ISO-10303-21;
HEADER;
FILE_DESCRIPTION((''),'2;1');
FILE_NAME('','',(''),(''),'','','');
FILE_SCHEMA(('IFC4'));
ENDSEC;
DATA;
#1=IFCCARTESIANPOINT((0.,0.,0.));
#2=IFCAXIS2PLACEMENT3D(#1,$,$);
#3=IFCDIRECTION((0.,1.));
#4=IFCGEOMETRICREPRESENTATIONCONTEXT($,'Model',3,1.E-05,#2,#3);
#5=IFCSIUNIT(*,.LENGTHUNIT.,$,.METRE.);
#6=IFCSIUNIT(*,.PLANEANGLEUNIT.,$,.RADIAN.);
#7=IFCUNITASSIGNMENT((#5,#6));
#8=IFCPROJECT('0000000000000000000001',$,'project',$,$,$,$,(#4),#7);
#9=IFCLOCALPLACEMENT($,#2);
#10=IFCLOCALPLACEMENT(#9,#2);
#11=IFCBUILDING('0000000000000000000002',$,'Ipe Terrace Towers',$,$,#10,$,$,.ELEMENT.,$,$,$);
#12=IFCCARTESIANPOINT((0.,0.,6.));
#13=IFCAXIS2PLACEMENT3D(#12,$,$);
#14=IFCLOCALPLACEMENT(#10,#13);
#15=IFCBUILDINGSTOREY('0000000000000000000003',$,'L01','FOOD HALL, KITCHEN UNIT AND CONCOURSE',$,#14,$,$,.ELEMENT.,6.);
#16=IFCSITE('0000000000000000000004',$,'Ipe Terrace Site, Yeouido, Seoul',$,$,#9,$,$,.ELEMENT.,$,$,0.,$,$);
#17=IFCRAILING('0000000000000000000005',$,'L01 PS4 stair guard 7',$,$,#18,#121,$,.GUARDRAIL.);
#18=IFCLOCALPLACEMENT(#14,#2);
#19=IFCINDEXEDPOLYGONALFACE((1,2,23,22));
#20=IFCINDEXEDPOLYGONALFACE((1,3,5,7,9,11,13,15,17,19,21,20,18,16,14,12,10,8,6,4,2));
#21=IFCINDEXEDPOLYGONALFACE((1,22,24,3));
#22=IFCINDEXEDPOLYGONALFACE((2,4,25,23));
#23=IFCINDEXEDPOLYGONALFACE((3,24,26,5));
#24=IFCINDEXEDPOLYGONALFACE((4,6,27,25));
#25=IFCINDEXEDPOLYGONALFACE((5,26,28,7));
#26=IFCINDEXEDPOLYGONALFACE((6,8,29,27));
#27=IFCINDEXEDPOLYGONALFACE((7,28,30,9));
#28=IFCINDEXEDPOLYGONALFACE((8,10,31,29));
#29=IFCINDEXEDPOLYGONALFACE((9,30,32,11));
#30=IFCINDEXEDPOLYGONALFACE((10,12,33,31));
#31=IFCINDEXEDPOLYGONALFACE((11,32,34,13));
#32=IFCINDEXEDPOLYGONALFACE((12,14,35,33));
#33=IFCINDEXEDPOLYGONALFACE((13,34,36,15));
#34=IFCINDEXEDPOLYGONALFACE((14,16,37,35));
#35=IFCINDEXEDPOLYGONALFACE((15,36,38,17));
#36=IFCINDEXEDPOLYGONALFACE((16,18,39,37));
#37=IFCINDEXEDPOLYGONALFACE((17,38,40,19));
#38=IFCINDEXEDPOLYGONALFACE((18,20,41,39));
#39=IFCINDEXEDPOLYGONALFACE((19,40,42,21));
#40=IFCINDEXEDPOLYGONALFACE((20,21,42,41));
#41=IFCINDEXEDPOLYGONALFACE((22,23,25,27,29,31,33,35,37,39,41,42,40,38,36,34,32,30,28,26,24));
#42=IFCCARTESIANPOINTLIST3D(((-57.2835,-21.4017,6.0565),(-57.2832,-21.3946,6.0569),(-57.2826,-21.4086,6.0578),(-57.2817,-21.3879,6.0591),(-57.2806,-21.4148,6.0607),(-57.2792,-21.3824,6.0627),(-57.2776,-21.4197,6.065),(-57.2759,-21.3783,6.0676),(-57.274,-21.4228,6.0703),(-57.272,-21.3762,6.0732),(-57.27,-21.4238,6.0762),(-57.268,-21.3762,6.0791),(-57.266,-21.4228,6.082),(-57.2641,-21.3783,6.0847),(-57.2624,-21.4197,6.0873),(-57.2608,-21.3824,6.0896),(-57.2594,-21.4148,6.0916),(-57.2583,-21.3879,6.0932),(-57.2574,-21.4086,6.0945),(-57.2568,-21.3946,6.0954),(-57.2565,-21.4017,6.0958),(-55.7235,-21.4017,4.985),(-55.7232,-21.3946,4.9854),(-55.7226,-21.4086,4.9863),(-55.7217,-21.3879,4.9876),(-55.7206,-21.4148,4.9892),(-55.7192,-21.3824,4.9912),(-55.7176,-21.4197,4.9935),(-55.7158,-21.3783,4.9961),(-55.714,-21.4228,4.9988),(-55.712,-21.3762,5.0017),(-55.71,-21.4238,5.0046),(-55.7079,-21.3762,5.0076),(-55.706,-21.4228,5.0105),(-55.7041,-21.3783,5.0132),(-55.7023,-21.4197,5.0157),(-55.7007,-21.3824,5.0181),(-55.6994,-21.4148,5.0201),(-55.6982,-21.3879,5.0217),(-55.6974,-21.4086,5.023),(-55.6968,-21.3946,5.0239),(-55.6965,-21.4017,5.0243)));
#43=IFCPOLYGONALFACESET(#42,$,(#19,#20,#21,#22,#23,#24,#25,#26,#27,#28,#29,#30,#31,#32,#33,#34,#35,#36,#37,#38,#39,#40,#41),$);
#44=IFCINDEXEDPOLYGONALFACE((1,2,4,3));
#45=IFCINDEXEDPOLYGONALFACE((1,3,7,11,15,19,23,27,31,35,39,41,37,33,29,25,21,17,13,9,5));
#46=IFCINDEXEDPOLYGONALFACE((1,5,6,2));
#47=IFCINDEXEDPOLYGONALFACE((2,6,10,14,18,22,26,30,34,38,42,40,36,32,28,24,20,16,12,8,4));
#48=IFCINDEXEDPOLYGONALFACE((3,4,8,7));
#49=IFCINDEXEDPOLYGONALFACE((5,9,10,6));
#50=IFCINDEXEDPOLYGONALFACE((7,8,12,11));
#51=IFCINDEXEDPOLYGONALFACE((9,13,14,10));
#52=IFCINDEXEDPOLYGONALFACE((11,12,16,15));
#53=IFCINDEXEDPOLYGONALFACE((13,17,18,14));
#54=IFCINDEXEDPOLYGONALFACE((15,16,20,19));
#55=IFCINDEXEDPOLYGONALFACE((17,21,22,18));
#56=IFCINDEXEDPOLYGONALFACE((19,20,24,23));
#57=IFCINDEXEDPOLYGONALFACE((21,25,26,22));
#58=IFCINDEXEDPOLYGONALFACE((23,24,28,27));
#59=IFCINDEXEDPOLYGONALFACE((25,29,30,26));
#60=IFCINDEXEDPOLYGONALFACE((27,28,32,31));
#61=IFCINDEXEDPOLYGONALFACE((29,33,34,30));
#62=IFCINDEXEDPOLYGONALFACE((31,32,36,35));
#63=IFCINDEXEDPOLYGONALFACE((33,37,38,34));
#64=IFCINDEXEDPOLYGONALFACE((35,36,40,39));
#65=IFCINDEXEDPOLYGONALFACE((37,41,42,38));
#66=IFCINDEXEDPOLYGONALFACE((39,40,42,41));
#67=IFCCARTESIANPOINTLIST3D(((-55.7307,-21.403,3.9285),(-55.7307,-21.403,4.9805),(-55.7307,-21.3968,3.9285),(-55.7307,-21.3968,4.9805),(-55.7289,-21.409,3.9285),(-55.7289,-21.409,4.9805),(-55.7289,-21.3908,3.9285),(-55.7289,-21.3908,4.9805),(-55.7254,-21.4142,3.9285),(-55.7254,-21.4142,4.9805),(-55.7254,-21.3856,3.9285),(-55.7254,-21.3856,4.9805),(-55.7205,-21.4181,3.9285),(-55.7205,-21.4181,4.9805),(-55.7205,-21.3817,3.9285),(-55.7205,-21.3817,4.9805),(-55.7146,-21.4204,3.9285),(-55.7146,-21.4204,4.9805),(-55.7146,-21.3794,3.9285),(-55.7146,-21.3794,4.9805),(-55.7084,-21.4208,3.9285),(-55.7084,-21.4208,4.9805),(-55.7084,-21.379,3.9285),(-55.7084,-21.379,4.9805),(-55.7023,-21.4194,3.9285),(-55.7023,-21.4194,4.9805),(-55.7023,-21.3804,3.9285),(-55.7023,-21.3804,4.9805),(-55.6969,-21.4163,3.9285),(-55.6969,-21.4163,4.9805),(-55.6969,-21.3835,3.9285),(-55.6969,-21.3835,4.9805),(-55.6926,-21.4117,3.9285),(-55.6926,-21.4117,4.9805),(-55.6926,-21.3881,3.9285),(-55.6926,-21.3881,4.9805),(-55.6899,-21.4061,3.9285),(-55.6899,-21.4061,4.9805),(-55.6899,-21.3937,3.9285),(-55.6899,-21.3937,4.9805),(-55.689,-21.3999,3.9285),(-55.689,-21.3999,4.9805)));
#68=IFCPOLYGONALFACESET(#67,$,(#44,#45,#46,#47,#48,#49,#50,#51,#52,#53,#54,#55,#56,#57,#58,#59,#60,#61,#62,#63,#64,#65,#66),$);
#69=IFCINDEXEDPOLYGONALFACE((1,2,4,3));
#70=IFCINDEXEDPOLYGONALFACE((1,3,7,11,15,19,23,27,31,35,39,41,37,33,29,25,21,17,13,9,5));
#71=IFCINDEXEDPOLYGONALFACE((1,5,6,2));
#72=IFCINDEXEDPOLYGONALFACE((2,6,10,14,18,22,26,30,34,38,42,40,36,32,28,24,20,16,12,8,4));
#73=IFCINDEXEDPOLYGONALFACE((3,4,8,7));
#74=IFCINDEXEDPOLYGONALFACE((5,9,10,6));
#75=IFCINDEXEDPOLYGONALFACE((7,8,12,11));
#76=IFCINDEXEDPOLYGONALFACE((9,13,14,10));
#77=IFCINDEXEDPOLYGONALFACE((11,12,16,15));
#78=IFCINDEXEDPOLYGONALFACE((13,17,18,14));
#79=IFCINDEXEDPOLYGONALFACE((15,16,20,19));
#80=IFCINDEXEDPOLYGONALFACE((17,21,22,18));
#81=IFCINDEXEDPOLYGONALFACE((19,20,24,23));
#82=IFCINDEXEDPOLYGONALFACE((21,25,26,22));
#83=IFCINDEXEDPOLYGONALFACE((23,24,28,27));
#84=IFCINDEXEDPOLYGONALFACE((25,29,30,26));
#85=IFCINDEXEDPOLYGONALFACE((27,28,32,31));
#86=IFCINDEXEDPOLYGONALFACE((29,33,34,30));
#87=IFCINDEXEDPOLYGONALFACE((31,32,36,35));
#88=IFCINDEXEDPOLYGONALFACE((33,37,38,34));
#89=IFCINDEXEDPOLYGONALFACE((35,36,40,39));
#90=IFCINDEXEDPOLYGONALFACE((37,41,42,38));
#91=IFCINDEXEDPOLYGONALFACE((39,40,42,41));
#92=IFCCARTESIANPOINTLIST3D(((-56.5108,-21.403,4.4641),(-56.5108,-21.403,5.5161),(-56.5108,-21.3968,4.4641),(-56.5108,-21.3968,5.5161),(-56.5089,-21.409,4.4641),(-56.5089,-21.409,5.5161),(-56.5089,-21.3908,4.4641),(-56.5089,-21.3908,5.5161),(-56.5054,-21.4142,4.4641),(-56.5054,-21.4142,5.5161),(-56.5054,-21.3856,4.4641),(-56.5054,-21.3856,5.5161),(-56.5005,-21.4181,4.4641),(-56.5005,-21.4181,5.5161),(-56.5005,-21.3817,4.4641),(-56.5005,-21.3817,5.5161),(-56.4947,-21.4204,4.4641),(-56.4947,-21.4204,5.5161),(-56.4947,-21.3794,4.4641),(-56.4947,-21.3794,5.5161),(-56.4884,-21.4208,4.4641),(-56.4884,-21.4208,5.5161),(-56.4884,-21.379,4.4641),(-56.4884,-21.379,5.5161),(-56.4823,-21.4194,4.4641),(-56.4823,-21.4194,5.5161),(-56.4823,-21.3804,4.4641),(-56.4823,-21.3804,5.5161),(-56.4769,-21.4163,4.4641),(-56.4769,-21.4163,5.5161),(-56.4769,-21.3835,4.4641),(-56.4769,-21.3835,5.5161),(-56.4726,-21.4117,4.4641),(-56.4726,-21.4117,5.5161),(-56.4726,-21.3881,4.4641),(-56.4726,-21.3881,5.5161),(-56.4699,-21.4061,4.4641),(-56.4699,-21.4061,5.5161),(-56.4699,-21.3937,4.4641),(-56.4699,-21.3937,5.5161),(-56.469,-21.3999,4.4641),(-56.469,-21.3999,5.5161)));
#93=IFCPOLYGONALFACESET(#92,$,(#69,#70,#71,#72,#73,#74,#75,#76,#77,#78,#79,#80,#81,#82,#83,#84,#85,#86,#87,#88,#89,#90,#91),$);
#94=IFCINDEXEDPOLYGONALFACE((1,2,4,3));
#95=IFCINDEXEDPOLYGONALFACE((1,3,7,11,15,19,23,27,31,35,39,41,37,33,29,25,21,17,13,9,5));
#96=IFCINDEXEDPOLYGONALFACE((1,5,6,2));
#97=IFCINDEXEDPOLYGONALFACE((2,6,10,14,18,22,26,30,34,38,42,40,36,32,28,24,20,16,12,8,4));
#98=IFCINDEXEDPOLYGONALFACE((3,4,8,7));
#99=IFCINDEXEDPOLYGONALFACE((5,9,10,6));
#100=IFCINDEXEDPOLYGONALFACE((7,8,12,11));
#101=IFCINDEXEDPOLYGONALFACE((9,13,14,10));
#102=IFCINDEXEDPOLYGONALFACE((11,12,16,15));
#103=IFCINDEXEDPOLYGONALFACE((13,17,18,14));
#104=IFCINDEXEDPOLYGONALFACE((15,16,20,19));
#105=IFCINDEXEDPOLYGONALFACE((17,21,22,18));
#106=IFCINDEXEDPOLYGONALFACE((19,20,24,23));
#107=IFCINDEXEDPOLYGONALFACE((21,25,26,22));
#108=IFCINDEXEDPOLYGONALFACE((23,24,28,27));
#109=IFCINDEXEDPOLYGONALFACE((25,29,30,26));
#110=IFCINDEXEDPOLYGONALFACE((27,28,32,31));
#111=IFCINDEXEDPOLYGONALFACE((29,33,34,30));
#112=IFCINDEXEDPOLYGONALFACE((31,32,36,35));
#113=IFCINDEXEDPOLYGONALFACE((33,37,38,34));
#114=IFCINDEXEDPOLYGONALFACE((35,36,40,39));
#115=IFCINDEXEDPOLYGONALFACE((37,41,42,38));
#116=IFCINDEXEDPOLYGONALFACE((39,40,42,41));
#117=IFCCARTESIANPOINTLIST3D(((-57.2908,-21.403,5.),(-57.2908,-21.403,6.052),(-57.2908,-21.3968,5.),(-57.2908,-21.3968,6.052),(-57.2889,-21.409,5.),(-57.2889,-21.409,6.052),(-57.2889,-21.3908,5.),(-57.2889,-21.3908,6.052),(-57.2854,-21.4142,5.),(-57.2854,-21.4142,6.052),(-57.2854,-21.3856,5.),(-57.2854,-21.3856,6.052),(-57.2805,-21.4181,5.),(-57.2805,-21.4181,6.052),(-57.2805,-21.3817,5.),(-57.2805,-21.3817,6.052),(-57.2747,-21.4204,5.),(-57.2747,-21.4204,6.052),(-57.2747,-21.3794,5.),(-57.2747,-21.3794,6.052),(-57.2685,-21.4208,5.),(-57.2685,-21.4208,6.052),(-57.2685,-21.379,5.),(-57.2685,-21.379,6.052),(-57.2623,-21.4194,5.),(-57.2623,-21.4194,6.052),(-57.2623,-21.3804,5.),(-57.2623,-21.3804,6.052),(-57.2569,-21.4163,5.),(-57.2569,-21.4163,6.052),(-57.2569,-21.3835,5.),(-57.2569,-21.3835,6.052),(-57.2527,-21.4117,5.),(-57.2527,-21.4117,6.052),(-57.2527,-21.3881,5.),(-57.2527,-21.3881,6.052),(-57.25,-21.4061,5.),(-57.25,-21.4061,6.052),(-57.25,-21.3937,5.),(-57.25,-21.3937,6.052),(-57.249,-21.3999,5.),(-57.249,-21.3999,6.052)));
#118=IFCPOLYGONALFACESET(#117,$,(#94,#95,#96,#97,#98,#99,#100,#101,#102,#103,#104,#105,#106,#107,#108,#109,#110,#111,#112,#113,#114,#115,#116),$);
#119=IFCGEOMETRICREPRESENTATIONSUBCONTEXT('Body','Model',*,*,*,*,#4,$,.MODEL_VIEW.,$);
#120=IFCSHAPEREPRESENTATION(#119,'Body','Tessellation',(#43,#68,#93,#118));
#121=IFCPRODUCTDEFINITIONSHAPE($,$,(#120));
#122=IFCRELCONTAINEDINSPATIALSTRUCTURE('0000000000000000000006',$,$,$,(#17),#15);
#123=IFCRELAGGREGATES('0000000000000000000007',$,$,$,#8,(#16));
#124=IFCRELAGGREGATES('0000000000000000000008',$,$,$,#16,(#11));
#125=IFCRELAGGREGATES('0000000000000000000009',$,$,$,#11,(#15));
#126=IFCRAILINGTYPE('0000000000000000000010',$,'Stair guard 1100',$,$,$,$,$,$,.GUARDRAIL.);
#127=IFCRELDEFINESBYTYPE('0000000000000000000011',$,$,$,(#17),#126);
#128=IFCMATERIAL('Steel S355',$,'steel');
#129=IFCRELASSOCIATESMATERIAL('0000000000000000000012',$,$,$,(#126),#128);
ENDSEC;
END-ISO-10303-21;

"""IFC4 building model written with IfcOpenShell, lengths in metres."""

from ifc_helpers import new_model, si_unit, direction, frame, origin, origin_2d, place, context, subcontext, project, spatial, circle, extrude, material, type_object, element, save


model = new_model("IFC4")

# Units and contexts
model_context = context("Model", 3, precision=1e-05, world=origin(), true_north=direction((0.0, 1.0)))
body_context = subcontext(model_context, "Body", "Model", "MODEL_VIEW")
ifc_project = project(units=[si_unit("LENGTHUNIT", "METRE"), si_unit("PLANEANGLEUNIT", "RADIAN")], contexts=[model_context])

# Site, building, storey
site_placement = place(None, origin())
site = spatial("IfcSite", under=ifc_project, at=site_placement, Name="Ipe Terrace Site, Yeouido, Seoul", CompositionType="ELEMENT", RefElevation=0.0)
building_placement = place(site_placement, origin())
building = spatial("IfcBuilding", under=site, at=building_placement, Name="Ipe Terrace Towers", CompositionType="ELEMENT")
storey_placement = place(building_placement, frame((0.0, 0.0, 6.0)))
storey = spatial("IfcBuildingStorey", under=building, at=storey_placement, Name="L01", Description="FOOD HALL, KITCHEN UNIT AND CONCOURSE", CompositionType="ELEMENT", Elevation=6.0)

# Railing
ifc_material_1 = material(Name="Steel S355", Category="steel")
railing_type_1 = type_object("IfcRailingType", Name="Stair guard 1100", PredefinedType="GUARDRAIL", material=ifc_material_1)
railing_1_placement = place(storey_placement, frame((-55.71, -21.3999, 3.9285)))
element("IfcRailing", 1, at=railing_1_placement, inside=storey, type_object=railing_type_1, Name="L01 PS4 stair guard 7", PredefinedType="GUARDRAIL", context=body_context, shape_type="SweptSolid", body=[
    extrude(circle(Radius=0.0239, at=origin_2d()), frame((0.0, 0.0, 1.0762), z_axis=(-0.82429, 0.0, 0.566167), x_axis=(0.0, -1.0, 0.0)), (0.0, 0.0, 1.0), 1.8926),
    extrude(circle(Radius=0.021, at=origin_2d()), origin(), (0.0, 0.0, 1.0), 1.052),
    extrude(circle(Radius=0.021, at=origin_2d()), frame((-0.78, 0.0, 0.5356)), (0.0, 0.0, 1.0), 1.052),
    extrude(circle(Radius=0.021, at=origin_2d()), frame((-1.5601, 0.0, 1.0715)), (0.0, 0.0, 1.0), 1.052),
])

save(model, "model.ifc")
